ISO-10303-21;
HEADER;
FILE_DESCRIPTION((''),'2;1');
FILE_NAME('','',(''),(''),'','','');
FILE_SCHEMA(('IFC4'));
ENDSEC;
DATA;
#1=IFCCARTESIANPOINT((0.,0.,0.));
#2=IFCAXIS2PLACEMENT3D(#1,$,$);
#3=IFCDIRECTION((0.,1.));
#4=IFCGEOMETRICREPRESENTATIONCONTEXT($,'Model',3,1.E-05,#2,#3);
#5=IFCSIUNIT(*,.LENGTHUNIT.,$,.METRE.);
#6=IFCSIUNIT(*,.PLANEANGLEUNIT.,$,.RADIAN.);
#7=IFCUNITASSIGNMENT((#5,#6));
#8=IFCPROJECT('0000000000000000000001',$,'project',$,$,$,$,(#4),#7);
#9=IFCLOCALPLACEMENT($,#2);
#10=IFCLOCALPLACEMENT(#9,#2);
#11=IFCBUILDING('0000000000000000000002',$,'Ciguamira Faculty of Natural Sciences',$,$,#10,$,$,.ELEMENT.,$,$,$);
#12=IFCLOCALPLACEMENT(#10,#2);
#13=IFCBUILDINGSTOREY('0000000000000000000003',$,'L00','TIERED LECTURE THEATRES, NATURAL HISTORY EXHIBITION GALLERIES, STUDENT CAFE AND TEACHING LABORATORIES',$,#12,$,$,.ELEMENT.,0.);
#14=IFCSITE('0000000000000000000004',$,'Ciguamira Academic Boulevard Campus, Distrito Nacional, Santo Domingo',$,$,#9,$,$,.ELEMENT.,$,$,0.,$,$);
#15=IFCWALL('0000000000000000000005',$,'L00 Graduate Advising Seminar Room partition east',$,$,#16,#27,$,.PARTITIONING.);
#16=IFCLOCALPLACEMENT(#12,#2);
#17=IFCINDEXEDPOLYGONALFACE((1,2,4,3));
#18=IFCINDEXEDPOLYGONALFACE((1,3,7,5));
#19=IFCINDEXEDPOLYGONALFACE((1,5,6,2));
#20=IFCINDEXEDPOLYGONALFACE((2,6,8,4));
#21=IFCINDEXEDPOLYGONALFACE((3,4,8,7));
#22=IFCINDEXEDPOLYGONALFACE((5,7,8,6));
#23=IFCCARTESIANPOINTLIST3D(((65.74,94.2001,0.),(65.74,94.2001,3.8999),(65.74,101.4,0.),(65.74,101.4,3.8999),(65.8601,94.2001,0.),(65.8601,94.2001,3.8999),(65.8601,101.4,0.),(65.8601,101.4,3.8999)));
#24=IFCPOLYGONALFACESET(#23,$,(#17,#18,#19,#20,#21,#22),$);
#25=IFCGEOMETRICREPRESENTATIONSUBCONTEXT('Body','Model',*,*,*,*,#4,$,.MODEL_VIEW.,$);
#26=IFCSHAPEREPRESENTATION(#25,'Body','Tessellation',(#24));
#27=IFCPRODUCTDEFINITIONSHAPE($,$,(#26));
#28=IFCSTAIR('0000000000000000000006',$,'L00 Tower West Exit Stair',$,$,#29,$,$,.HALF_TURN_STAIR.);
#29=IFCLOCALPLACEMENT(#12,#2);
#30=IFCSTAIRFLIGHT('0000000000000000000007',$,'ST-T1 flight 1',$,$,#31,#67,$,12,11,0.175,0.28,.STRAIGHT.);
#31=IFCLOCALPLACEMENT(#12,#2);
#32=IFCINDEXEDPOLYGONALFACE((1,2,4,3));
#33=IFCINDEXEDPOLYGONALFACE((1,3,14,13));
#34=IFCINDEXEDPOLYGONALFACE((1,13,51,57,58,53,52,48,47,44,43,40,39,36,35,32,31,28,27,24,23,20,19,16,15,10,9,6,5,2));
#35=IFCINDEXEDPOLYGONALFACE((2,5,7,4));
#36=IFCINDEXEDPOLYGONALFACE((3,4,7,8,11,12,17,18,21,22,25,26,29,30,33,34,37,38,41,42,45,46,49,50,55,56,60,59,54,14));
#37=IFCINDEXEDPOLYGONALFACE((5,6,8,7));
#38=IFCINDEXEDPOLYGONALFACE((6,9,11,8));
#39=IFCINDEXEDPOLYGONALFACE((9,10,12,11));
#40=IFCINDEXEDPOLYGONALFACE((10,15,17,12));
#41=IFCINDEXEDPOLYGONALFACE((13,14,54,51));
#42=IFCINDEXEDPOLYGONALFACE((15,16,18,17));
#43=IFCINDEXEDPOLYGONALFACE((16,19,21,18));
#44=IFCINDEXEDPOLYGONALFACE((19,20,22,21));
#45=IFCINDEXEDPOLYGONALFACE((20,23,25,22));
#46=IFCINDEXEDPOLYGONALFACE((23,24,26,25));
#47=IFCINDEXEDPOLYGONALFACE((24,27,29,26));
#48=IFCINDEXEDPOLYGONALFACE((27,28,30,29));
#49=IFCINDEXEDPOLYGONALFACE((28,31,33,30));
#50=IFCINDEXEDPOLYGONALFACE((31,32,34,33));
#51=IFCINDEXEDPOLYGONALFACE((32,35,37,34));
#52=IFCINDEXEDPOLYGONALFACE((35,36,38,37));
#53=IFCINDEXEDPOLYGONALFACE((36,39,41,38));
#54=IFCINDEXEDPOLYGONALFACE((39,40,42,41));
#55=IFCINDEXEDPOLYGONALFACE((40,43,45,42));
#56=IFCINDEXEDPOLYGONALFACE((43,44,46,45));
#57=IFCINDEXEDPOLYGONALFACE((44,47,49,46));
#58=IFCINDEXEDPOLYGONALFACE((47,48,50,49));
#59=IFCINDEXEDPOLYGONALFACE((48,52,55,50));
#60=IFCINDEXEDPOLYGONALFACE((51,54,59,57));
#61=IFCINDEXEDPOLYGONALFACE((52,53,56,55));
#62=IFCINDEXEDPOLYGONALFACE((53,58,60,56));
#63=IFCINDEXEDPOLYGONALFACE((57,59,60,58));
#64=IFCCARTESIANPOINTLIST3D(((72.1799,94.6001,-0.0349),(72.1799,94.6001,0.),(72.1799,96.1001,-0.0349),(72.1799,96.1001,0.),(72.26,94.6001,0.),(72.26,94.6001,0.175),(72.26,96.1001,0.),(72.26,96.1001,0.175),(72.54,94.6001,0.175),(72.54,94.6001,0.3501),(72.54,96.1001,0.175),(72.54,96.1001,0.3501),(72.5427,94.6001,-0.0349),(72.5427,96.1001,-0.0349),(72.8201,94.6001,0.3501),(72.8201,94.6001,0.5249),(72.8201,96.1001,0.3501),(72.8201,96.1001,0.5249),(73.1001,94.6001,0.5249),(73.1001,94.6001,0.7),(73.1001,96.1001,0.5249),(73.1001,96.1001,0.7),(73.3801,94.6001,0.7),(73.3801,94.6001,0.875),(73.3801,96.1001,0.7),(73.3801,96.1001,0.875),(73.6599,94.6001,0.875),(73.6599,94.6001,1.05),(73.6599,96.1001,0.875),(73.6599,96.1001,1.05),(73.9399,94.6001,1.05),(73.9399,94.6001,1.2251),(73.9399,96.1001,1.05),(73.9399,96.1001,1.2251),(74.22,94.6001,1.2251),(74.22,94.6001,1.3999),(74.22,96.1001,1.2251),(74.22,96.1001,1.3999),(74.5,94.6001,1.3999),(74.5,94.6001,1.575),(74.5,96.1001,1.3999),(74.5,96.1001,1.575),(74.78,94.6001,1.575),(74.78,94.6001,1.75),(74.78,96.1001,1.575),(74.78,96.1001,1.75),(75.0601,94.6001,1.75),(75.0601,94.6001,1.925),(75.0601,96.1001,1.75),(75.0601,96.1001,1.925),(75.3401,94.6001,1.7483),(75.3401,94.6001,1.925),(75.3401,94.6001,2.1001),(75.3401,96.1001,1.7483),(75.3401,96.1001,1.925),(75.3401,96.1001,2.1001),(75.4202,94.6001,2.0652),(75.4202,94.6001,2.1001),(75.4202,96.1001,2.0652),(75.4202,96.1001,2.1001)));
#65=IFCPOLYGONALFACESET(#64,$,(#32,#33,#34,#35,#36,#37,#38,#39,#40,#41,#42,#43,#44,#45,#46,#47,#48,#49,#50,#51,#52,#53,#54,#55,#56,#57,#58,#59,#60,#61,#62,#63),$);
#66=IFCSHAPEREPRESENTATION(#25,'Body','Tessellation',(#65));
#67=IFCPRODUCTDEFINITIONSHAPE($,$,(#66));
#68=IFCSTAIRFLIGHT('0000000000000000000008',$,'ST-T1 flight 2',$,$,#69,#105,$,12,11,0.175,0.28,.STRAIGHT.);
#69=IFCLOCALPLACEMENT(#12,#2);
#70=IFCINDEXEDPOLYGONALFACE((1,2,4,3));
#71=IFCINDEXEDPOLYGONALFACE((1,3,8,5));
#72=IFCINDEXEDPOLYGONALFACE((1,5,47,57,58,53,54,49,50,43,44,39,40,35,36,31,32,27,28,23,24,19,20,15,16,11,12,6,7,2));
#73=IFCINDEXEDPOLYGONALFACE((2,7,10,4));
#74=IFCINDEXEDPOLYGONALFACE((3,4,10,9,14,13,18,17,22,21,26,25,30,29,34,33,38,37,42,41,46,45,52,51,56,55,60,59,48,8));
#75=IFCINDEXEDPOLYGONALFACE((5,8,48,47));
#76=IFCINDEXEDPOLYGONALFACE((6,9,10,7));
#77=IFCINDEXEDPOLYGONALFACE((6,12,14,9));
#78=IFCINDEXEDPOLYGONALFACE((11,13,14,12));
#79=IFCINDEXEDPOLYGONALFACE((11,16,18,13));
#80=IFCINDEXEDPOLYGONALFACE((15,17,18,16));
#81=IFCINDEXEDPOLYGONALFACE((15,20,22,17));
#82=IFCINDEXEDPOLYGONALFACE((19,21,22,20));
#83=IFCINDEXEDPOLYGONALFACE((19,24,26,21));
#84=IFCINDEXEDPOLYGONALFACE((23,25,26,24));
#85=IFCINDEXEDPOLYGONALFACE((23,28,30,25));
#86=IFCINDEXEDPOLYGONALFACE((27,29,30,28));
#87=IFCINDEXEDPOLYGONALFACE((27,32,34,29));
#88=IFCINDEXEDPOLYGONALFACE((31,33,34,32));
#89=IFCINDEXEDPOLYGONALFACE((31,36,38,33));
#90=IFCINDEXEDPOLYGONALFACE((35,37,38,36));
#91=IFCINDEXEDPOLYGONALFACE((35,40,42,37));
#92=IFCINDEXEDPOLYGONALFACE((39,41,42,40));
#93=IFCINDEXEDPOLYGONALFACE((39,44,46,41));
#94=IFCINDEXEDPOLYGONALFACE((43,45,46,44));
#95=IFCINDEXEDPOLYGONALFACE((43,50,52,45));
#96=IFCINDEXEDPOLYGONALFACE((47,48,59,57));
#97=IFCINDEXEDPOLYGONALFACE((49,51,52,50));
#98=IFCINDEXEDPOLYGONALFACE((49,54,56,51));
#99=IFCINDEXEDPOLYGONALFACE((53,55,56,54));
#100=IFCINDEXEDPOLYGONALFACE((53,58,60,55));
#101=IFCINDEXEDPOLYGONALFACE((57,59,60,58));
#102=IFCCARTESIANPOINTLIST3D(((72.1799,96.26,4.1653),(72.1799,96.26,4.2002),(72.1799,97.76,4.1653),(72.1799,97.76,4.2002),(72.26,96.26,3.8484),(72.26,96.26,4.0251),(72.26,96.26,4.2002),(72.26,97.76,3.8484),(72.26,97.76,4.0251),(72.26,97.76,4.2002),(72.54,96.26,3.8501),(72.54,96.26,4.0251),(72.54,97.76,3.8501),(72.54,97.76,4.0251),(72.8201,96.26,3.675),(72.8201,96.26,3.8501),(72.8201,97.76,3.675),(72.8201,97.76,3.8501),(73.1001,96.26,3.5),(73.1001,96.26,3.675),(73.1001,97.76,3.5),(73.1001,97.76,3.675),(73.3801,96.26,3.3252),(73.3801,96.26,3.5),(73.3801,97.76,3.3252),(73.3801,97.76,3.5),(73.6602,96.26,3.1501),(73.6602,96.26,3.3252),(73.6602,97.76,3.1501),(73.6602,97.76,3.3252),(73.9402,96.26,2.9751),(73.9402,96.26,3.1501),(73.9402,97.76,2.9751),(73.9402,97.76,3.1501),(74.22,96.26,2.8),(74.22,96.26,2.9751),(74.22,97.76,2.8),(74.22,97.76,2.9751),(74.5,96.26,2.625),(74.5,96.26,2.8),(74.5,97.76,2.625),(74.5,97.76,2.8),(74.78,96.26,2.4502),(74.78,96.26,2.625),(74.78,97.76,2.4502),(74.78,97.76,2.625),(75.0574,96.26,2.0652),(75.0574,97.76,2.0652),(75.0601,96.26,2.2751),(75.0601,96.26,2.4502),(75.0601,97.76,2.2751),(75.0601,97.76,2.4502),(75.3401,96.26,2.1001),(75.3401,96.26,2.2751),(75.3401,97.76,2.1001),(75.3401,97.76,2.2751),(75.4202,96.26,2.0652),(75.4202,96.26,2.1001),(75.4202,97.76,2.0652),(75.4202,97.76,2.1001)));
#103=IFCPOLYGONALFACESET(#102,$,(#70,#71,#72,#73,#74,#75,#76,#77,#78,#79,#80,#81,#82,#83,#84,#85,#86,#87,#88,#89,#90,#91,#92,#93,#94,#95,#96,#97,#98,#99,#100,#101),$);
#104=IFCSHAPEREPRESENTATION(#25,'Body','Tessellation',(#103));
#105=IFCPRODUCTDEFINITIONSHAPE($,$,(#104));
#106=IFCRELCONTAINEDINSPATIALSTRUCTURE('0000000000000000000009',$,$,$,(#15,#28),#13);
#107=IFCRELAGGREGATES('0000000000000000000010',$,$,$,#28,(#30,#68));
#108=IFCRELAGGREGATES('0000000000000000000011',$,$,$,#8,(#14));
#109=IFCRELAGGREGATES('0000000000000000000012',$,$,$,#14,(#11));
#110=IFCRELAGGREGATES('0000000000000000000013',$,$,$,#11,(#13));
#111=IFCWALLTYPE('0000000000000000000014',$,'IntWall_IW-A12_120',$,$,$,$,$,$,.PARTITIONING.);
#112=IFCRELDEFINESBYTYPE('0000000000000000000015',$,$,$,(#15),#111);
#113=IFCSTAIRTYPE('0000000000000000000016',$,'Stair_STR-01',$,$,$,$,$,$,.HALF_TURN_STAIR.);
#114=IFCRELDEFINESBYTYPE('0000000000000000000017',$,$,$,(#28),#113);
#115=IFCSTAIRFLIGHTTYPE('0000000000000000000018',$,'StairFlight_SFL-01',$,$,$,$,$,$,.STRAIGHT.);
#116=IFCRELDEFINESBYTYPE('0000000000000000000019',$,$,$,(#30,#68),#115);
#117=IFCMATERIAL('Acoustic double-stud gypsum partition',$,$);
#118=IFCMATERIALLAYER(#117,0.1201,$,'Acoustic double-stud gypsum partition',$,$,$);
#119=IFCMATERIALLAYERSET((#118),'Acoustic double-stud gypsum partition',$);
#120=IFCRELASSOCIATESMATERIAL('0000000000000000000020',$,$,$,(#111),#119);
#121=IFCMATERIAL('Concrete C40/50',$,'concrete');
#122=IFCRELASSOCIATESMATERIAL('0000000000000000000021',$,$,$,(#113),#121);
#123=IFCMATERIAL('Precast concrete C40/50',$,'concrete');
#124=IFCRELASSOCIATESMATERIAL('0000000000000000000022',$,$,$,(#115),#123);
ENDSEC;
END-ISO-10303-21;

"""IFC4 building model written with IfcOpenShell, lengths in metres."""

from ifc_helpers import new_model, si_unit, direction, frame, frame_2d, origin, place, context, subcontext, project, spatial, polyline, rectangle, outline, extrude, material, layer, layer_set, type_object, element, aggregate, save


model = new_model("IFC4")

# Units and contexts
model_context = context("Model", 3, precision=1e-05, world=origin(), true_north=direction((0.0, 1.0)))
body_context = subcontext(model_context, "Body", "Model", "MODEL_VIEW")
ifc_project = project(units=[si_unit("LENGTHUNIT", "METRE"), si_unit("PLANEANGLEUNIT", "RADIAN")], contexts=[model_context])

# Site, building, storey
site_placement = place(None, origin())
site = spatial("IfcSite", under=ifc_project, at=site_placement, Name="Ciguamira Academic Boulevard Campus, Distrito Nacional, Santo Domingo", CompositionType="ELEMENT", RefElevation=0.0)
building_placement = place(site_placement, origin())
building = spatial("IfcBuilding", under=site, at=building_placement, Name="Ciguamira Faculty of Natural Sciences", CompositionType="ELEMENT")
storey_placement = place(building_placement, origin())
storey = spatial("IfcBuildingStorey", under=building, at=storey_placement, Name="L00", Description="TIERED LECTURE THEATRES, NATURAL HISTORY EXHIBITION GALLERIES, STUDENT CAFE AND TEACHING LABORATORIES", CompositionType="ELEMENT", Elevation=0.0)

# Shared definitions
ifc_material_1 = material(Name="Concrete C40/50", Category="concrete")

# Wall
ifc_material_2 = material(Name="Acoustic double-stud gypsum partition")
ifc_layer_1 = layer(ifc_material_2, 0.1201, Name="Acoustic double-stud gypsum partition")
ifc_layer_set_1 = layer_set([ifc_layer_1], Name="Acoustic double-stud gypsum partition")
wall_type_1 = type_object("IfcWallType", Name="IntWall_IW-A12_120", PredefinedType="PARTITIONING", material=ifc_layer_set_1)
wall_1_placement = place(storey_placement, frame((65.8, 94.2, 0.0), z_axis=(0.0, 0.0, 1.0), x_axis=(0.0, 1.0, 0.0)))
element("IfcWall", 1, at=wall_1_placement, inside=storey, type_object=wall_type_1, Name="L00 Graduate Advising Seminar Room partition east", PredefinedType="PARTITIONING", context=body_context, shape_type="SweptSolid", body=[
    extrude(rectangle(XDim=7.2, YDim=0.1201, at=frame_2d((3.6001, 0.0))), origin(), (0.0, 0.0, 1.0), 3.8999),
])

# Stair, stair flights
stair_type = type_object("IfcStairType", Name="Stair_STR-01", PredefinedType="HALF_TURN_STAIR", material=ifc_material_1)
stair_placement = place(storey_placement, origin())
stair = element("IfcStair", 2, at=stair_placement, inside=storey, type_object=stair_type, Name="L00 Tower West Exit Stair", PredefinedType="HALF_TURN_STAIR")
ifc_material_3 = material(Name="Precast concrete C40/50", Category="concrete")
stair_flight_type = type_object("IfcStairFlightType", Name="StairFlight_SFL-01", PredefinedType="STRAIGHT", material=ifc_material_3)
stair_flight_1_placement = place(storey_placement, frame((72.26, 95.3501, 0.0), z_axis=(0.0, 0.0, 1.0), x_axis=(1.0, 0.0, 0.0)))
stair_flight_1 = element("IfcStairFlight", 3, at=stair_flight_1_placement, type_object=stair_flight_type, Name="ST-T1 flight 1", NumberOfRisers=12, NumberOfTreads=11, PredefinedType="STRAIGHT", RiserHeight=0.175, TreadLength=0.28, context=body_context, shape_type="SweptSolid", body=[
    extrude(outline(polyline([(-0.0801, -0.0349), (-0.0801, 0.0), (0.0, 0.0), (0.0, 0.175), (0.28, 0.175), (0.28, 0.3501), (0.5601, 0.3501), (0.5601, 0.5249), (0.8401, 0.5249), (0.8401, 0.7), (1.1201, 0.7), (1.1201, 0.875), (1.3999, 0.875), (1.3999, 1.05), (1.6799, 1.05), (1.6799, 1.2251), (1.96, 1.2251), (1.96, 1.3999), (2.24, 1.3999), (2.24, 1.575), (2.52, 1.575), (2.52, 1.75), (2.8, 1.75), (2.8, 1.925), (3.0801, 1.925), (3.0801, 2.1001), (3.1602, 2.1001), (3.1602, 2.0652), (3.0801, 1.7483), (0.2827, -0.0349), (-0.0801, -0.0349)])), frame((0.0, 0.75, 0.0), z_axis=(0.0, -1.0, 0.0), x_axis=(1.0, 0.0, 0.0)), (0.0, 0.0, 1.0), 1.5),
])
stair_flight_2_placement = place(storey_placement, frame((75.3401, 97.01, 2.1001), z_axis=(0.0, 0.0, 1.0), x_axis=(-1.0, 0.0, 0.0)))
stair_flight_2 = element("IfcStairFlight", 4, at=stair_flight_2_placement, type_object=stair_flight_type, Name="ST-T1 flight 2", NumberOfRisers=12, NumberOfTreads=11, PredefinedType="STRAIGHT", RiserHeight=0.175, TreadLength=0.28, context=body_context, shape_type="SweptSolid", body=[
    extrude(outline(polyline([(-0.0801, -0.0349), (-0.0801, 0.0), (0.0, 0.0), (0.0, 0.175), (0.28, 0.175), (0.28, 0.3501), (0.5601, 0.3501), (0.5601, 0.5249), (0.8401, 0.5249), (0.8401, 0.7), (1.1201, 0.7), (1.1201, 0.875), (1.3999, 0.875), (1.3999, 1.05), (1.6799, 1.05), (1.6799, 1.2251), (1.96, 1.2251), (1.96, 1.3999), (2.24, 1.3999), (2.24, 1.575), (2.52, 1.575), (2.52, 1.75), (2.8, 1.75), (2.8, 1.925), (3.0801, 1.925), (3.0801, 2.1001), (3.1602, 2.1001), (3.1602, 2.0652), (3.0801, 1.7483), (0.2827, -0.0349), (-0.0801, -0.0349)])), frame((0.0, 0.75, 0.0), z_axis=(0.0, -1.0, 0.0), x_axis=(1.0, 0.0, 0.0)), (0.0, 0.0, 1.0), 1.5),
])
aggregate(stair, [stair_flight_1, stair_flight_2])

save(model, "model.ifc")
